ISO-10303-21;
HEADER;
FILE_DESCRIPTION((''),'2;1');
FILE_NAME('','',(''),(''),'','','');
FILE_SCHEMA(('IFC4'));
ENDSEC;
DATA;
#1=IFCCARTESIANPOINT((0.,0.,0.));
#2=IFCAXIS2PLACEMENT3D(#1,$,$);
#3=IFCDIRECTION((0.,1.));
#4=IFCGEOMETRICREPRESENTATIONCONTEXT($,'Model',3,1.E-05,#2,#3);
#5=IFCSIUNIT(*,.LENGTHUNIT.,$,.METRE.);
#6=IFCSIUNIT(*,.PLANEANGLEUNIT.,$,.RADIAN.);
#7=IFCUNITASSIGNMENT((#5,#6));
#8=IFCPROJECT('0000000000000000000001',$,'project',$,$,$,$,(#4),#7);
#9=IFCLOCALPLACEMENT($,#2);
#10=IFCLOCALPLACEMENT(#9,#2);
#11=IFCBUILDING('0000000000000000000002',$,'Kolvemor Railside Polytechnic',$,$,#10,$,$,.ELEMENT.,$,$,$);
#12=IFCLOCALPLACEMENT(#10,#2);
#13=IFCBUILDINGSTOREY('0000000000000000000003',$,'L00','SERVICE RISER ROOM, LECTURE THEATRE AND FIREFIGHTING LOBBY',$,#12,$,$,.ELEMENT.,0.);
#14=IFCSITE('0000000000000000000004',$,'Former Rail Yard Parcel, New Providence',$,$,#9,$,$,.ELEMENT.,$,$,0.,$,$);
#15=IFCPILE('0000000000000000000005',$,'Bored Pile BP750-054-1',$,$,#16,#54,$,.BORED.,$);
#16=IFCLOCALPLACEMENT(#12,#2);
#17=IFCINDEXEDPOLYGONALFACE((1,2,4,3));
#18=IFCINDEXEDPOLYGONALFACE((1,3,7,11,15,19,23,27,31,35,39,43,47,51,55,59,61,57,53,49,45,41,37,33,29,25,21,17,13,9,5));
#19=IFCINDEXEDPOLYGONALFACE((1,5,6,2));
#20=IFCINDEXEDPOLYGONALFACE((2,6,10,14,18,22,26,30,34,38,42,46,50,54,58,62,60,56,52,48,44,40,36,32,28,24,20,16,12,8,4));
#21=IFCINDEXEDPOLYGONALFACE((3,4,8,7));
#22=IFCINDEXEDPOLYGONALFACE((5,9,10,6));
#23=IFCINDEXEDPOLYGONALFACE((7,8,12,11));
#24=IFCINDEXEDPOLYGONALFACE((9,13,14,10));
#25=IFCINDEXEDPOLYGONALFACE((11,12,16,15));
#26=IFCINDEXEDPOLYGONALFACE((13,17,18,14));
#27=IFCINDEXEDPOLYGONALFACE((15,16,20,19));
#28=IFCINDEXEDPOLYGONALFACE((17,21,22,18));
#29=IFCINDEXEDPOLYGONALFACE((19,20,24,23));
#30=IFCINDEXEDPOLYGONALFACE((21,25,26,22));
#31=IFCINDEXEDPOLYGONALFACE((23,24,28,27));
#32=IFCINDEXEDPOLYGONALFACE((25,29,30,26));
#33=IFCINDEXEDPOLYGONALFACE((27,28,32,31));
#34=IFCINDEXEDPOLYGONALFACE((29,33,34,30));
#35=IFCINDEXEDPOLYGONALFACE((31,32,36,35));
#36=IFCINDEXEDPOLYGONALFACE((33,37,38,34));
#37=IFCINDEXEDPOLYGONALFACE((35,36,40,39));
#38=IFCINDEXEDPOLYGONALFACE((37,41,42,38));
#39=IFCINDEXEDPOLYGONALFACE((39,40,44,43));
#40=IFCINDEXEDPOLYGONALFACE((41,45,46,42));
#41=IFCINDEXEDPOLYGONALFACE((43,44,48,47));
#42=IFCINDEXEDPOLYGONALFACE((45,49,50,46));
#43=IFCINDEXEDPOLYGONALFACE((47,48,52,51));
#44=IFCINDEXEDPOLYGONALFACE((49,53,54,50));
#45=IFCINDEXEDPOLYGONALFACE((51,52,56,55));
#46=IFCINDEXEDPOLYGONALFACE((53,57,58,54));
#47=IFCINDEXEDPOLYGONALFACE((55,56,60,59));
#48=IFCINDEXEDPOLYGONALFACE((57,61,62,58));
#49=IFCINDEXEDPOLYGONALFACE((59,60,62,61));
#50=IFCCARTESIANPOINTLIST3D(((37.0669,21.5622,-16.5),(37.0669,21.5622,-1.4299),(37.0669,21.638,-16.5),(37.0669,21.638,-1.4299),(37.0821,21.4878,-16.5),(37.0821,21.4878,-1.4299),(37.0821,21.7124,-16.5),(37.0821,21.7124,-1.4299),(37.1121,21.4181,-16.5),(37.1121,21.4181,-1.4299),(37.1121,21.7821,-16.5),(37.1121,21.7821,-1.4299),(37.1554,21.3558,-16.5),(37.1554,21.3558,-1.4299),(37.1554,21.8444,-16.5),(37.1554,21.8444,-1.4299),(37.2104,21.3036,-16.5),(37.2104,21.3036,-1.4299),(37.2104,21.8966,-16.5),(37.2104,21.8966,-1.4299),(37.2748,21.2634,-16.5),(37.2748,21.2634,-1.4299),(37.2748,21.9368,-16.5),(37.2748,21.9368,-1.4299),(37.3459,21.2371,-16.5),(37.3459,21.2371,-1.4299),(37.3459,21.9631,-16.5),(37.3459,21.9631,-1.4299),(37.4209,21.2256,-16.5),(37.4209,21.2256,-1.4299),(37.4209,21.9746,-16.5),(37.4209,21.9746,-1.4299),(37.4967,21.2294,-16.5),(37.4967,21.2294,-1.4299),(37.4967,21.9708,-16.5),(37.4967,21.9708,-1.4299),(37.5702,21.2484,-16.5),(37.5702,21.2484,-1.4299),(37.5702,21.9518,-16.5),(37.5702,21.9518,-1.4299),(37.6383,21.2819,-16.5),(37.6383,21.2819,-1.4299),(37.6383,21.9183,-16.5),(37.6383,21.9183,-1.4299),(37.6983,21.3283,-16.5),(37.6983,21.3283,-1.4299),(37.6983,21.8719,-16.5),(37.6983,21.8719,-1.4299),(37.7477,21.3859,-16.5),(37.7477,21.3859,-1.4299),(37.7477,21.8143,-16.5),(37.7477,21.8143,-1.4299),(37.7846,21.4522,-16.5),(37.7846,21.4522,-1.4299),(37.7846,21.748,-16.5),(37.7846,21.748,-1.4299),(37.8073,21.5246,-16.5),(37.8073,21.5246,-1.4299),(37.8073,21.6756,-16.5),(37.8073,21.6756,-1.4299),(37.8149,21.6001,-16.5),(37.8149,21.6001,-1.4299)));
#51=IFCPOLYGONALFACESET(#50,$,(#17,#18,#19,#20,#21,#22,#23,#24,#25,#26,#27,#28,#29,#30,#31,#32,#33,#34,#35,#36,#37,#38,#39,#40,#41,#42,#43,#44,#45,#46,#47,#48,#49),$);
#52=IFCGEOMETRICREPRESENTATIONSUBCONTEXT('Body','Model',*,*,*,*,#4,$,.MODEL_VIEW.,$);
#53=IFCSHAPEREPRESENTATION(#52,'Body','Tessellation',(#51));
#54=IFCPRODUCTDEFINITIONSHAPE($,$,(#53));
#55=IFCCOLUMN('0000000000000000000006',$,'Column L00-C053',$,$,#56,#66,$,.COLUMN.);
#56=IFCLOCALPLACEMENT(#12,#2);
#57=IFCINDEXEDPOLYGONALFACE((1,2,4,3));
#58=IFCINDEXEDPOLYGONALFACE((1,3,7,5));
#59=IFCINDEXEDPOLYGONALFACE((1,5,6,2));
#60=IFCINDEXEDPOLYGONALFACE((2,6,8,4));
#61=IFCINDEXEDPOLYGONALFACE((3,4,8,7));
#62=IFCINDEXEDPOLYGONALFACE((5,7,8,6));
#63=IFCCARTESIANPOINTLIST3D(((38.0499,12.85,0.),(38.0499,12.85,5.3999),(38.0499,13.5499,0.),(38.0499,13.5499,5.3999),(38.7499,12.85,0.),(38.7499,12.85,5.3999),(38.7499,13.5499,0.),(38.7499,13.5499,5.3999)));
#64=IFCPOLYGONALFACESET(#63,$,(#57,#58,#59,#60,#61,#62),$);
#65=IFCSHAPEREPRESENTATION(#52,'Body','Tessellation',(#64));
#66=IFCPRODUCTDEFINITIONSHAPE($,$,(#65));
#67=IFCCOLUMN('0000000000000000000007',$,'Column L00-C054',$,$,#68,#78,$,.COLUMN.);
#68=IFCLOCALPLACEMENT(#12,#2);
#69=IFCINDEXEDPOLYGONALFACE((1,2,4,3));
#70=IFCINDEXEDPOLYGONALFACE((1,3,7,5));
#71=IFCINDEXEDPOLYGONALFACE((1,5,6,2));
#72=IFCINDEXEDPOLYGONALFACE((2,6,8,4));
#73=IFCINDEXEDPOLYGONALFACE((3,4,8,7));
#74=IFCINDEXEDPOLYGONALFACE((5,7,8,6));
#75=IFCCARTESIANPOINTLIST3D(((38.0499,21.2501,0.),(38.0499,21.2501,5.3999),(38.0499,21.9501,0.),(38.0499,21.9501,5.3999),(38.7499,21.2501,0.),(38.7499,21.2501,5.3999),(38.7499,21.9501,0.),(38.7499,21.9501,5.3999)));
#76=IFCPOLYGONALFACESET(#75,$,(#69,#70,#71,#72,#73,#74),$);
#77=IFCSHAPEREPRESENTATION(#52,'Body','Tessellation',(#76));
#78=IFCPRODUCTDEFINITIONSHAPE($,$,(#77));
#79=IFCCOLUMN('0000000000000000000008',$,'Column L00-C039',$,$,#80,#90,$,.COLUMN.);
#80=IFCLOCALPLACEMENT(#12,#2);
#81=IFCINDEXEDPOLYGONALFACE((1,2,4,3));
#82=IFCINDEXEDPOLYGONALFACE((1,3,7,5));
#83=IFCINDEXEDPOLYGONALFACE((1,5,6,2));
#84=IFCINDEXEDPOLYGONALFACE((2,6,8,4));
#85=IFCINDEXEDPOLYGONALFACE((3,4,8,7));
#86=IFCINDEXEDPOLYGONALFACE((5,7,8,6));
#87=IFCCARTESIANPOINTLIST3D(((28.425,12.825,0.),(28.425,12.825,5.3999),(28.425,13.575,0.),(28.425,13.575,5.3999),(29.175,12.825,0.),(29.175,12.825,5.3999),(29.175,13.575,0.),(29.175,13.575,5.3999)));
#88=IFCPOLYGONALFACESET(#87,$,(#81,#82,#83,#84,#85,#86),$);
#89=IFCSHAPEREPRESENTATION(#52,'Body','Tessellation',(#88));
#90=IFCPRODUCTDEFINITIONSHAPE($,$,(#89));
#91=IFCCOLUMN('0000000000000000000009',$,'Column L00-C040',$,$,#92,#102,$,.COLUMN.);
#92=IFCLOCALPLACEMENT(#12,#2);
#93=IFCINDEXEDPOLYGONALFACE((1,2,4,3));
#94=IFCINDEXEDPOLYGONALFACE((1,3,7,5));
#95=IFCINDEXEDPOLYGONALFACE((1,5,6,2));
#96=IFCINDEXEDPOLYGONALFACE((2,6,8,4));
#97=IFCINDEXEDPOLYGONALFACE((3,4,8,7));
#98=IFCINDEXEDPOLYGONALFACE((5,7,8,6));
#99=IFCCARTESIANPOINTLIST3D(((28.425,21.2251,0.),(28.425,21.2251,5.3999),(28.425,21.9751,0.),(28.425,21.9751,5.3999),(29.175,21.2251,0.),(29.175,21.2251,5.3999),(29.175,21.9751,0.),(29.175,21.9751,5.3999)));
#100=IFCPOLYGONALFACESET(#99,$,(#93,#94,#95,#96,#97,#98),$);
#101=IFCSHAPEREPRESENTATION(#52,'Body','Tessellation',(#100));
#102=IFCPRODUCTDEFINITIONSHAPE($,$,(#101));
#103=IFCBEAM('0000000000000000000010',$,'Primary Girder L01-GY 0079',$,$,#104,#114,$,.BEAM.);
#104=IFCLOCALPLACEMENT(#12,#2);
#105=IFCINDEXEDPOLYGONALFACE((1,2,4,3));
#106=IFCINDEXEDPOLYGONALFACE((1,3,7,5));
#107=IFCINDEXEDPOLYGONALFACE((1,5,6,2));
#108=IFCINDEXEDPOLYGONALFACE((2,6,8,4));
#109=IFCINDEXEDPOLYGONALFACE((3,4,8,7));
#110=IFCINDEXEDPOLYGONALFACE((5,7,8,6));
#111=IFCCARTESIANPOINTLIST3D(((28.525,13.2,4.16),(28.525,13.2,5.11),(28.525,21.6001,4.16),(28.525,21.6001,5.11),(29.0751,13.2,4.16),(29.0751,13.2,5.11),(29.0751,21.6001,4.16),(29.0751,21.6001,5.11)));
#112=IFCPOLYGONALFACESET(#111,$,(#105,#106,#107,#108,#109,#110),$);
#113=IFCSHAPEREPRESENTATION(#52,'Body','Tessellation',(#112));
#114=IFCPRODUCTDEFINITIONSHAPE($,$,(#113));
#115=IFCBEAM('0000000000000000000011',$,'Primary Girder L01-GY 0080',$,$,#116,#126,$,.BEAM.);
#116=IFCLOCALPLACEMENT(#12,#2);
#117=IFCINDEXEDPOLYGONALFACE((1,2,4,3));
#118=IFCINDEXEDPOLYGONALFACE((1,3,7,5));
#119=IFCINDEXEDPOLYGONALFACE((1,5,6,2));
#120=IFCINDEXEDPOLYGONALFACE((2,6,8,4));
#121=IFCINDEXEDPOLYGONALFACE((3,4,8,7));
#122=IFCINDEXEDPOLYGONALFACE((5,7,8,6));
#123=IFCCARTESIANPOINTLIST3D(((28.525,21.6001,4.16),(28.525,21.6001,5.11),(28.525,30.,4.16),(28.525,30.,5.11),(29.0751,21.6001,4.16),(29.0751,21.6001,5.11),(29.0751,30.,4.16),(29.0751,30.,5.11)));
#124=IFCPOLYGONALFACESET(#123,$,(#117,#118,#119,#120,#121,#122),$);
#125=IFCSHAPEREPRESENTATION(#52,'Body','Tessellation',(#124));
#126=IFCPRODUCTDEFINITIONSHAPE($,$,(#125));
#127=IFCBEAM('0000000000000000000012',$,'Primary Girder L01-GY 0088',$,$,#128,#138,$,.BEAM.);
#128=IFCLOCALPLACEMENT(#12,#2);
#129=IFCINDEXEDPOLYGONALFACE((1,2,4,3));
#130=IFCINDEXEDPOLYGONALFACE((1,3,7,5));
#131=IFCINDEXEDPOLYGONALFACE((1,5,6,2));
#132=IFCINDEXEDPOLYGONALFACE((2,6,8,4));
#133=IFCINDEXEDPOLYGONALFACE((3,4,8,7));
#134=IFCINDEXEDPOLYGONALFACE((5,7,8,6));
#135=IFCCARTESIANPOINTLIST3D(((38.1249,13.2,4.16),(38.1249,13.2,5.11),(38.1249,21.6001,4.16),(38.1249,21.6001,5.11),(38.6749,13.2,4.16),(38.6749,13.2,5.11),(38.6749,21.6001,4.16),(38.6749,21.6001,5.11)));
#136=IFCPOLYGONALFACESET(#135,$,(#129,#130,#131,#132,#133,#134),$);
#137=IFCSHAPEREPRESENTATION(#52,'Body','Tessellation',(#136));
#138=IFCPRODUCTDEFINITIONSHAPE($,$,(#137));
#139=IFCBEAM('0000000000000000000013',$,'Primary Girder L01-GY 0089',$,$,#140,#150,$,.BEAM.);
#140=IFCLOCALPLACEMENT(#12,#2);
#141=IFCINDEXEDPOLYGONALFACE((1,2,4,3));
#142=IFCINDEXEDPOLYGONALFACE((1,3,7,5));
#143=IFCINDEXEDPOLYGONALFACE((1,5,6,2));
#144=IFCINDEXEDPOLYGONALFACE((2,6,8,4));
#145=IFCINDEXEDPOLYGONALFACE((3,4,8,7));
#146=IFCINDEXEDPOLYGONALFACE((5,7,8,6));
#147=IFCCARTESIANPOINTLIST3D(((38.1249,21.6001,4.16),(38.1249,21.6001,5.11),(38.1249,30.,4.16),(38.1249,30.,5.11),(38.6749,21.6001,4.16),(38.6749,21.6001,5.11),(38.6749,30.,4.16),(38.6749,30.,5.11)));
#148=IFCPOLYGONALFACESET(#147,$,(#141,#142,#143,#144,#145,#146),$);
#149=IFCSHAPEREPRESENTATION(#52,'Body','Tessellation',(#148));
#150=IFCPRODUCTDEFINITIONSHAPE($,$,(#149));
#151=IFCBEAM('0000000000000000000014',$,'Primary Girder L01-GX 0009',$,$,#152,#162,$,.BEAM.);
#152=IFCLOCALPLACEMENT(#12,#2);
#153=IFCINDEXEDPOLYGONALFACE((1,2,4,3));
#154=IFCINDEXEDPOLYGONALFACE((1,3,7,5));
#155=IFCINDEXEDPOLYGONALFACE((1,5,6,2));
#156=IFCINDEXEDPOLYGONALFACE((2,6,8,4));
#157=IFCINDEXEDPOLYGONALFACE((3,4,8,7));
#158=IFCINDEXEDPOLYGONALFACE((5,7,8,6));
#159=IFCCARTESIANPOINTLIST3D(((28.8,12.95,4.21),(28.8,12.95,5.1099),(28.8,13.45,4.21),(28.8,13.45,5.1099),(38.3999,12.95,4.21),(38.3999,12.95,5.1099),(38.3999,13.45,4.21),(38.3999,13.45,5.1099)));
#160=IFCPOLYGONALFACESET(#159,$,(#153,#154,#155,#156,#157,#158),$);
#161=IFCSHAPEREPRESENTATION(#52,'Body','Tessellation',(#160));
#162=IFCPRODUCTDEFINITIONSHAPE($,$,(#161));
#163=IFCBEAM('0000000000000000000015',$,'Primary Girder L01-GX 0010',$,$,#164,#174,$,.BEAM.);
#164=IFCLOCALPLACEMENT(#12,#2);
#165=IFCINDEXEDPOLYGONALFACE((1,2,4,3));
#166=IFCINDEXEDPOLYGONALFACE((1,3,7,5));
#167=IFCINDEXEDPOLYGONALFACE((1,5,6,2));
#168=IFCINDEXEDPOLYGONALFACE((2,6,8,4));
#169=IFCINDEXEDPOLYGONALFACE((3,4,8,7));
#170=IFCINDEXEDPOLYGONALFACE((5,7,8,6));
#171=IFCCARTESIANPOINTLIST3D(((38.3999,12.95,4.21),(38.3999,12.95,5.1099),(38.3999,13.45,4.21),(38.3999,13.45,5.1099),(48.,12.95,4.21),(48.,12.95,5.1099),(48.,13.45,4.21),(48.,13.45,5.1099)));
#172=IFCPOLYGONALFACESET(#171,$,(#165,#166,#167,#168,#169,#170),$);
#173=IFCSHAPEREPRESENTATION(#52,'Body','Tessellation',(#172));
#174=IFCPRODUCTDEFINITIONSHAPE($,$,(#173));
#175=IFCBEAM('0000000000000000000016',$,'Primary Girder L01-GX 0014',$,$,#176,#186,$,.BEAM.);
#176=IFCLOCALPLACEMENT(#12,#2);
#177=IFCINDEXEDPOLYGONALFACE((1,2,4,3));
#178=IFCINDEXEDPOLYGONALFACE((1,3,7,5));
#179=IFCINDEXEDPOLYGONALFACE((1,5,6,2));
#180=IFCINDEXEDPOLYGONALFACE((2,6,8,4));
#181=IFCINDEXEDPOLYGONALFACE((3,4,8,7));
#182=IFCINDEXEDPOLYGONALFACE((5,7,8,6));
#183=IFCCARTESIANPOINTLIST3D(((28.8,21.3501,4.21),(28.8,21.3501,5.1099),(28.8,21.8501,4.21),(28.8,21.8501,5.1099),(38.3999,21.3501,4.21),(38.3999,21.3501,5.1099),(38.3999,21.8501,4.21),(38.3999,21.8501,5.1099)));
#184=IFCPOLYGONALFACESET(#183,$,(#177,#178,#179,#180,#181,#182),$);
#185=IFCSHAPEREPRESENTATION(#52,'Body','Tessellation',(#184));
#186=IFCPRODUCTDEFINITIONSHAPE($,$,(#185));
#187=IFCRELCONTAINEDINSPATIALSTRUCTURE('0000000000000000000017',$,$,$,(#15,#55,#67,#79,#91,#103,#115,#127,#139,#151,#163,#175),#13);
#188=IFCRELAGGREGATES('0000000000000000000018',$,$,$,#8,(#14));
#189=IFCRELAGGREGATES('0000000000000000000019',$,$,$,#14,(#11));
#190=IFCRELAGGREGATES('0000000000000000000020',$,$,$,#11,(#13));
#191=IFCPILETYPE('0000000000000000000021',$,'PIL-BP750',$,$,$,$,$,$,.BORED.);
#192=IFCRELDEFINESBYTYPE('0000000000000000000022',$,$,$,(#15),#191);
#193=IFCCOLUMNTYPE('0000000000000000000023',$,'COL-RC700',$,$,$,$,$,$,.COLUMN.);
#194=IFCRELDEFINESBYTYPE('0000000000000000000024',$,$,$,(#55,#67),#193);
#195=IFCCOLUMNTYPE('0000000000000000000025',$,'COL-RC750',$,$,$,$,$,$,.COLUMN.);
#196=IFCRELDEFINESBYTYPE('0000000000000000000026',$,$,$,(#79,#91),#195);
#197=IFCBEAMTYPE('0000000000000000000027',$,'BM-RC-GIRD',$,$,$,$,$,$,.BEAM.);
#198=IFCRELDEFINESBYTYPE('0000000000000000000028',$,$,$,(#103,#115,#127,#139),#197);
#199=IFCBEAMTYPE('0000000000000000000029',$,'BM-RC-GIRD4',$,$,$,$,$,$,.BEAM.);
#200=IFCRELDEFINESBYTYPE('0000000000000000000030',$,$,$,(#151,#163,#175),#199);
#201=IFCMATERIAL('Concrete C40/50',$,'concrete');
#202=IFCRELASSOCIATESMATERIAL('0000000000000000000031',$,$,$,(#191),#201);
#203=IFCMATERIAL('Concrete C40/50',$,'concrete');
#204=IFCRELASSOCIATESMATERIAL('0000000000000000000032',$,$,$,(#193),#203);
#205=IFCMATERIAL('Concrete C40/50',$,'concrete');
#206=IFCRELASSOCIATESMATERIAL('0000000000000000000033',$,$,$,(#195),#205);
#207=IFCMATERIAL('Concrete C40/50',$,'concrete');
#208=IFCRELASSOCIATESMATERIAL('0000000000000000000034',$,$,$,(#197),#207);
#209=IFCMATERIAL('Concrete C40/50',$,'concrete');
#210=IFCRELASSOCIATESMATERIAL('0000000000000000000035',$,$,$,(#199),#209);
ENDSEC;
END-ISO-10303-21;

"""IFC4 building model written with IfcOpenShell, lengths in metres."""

from ifc_helpers import new_model, si_unit, direction, frame, origin, origin_2d, place, context, subcontext, project, spatial, rectangle, circle, extrude, material, material_profile, profile_set, type_object, element, save


model = new_model("IFC4")

# Units and contexts
model_context = context("Model", 3, precision=1e-05, world=origin(), true_north=direction((0.0, 1.0)))
body_context = subcontext(model_context, "Body", "Model", "MODEL_VIEW")
ifc_project = project(units=[si_unit("LENGTHUNIT", "METRE"), si_unit("PLANEANGLEUNIT", "RADIAN")], contexts=[model_context])

# Site, building, storey
site_placement = place(None, origin())
site = spatial("IfcSite", under=ifc_project, at=site_placement, Name="Former Rail Yard Parcel, New Providence", CompositionType="ELEMENT", RefElevation=0.0)
building_placement = place(site_placement, origin())
building = spatial("IfcBuilding", under=site, at=building_placement, Name="Kolvemor Railside Polytechnic", CompositionType="ELEMENT")
storey_placement = place(building_placement, origin())
storey = spatial("IfcBuildingStorey", under=building, at=storey_placement, Name="L00", Description="SERVICE RISER ROOM, LECTURE THEATRE AND FIREFIGHTING LOBBY", CompositionType="ELEMENT", Elevation=0.0)

# Pile
ifc_material_1 = material(Name="Concrete C40/50", Category="concrete")
ifc_material_profile_1 = material_profile(ifc_material_1, circle(Radius=0.375, at=origin_2d()), Name="BP750")
ifc_profile_set_1 = profile_set([ifc_material_profile_1], Name="Concrete C40/50")
pile_type = type_object("IfcPileType", Name="PIL-BP750", PredefinedType="BORED", material=ifc_profile_set_1)
pile_1_placement = place(storey_placement, frame((37.4399, 21.6001, -1.4299), z_axis=(0.0, 0.0, -1.0), x_axis=(1.0, 0.0, 0.0)))
element("IfcPile", 1, at=pile_1_placement, inside=storey, type_object=pile_type, Name="Bored Pile BP750-054-1", PredefinedType="BORED", context=body_context, shape_type="SweptSolid", body=[
    extrude(circle(Radius=0.375, at=origin_2d()), origin(), (0.0, 0.0, 1.0), 15.0701),
])

# Columns
ifc_material_2 = material(Name="Concrete C40/50", Category="concrete")
ifc_material_profile_2 = material_profile(ifc_material_2, rectangle(XDim=0.7, YDim=0.7, at=origin_2d()), Name="RC700x700")
ifc_profile_set_2 = profile_set([ifc_material_profile_2], Name="Concrete C40/50")
column_type_1 = type_object("IfcColumnType", Name="COL-RC700", PredefinedType="COLUMN", material=ifc_profile_set_2)
for number, where, z_axis, x_axis, name in (
    (2, (38.3999, 13.2, 0.0), (0.0, 0.0, 1.0), (1.0, 0.0, 0.0), "Column L00-C053"),
    (3, (38.3999, 21.6001, 0.0), (0.0, 0.0, 1.0), (1.0, 0.0, 0.0), "Column L00-C054"),
):
    element("IfcColumn", number, at=place(storey_placement, frame(where, z_axis=z_axis, x_axis=x_axis)), inside=storey, type_object=column_type_1, Name=name, PredefinedType="COLUMN", context=body_context, shape_type="SweptSolid", body=[
        extrude(rectangle(XDim=0.7, YDim=0.7, at=origin_2d()), origin(), (0.0, 0.0, 1.0), 5.3999),
    ])
ifc_material_3 = material(Name="Concrete C40/50", Category="concrete")
ifc_material_profile_3 = material_profile(ifc_material_3, rectangle(XDim=0.75, YDim=0.75, at=origin_2d()), Name="RC750x750")
ifc_profile_set_3 = profile_set([ifc_material_profile_3], Name="Concrete C40/50")
column_type_2 = type_object("IfcColumnType", Name="COL-RC750", PredefinedType="COLUMN", material=ifc_profile_set_3)
for number, where, z_axis, x_axis, name in (
    (4, (28.8, 13.2, 0.0), (0.0, 0.0, 1.0), (1.0, 0.0, 0.0), "Column L00-C039"),
    (5, (28.8, 21.6001, 0.0), (0.0, 0.0, 1.0), (1.0, 0.0, 0.0), "Column L00-C040"),
):
    element("IfcColumn", number, at=place(storey_placement, frame(where, z_axis=z_axis, x_axis=x_axis)), inside=storey, type_object=column_type_2, Name=name, PredefinedType="COLUMN", context=body_context, shape_type="SweptSolid", body=[
        extrude(rectangle(XDim=0.75, YDim=0.75, at=origin_2d()), origin(), (0.0, 0.0, 1.0), 5.3999),
    ])

# Beams
ifc_material_4 = material(Name="Concrete C40/50", Category="concrete")
ifc_material_profile_4 = material_profile(ifc_material_4, rectangle(XDim=0.55, YDim=0.95, at=origin_2d()), Name="RC550x950")
ifc_profile_set_4 = profile_set([ifc_material_profile_4], Name="Concrete C40/50")
beam_type_1 = type_object("IfcBeamType", Name="BM-RC-GIRD", PredefinedType="BEAM", material=ifc_profile_set_4)
beam_1_placement = place(storey_placement, frame((28.8, 13.2, 4.635), z_axis=(0.0, 1.0, 0.0), x_axis=(-1.0, 0.0, 0.0)))
element("IfcBeam", 6, at=beam_1_placement, inside=storey, type_object=beam_type_1, Name="Primary Girder L01-GY 0079", PredefinedType="BEAM", context=body_context, shape_type="SweptSolid", body=[
    extrude(rectangle(XDim=0.55, YDim=0.95, at=origin_2d()), origin(), (0.0, 0.0, 1.0), 8.4001),
])
beam_2_placement = place(storey_placement, frame((28.8, 21.6001, 4.635), z_axis=(0.0, 1.0, 0.0), x_axis=(-1.0, 0.0, 0.0)))
element("IfcBeam", 7, at=beam_2_placement, inside=storey, type_object=beam_type_1, Name="Primary Girder L01-GY 0080", PredefinedType="BEAM", context=body_context, shape_type="SweptSolid", body=[
    extrude(rectangle(XDim=0.55, YDim=0.95, at=origin_2d()), origin(), (0.0, 0.0, 1.0), 8.3999),
])
beam_3_placement = place(storey_placement, frame((38.3999, 13.2, 4.635), z_axis=(0.0, 1.0, 0.0), x_axis=(-1.0, 0.0, 0.0)))
element("IfcBeam", 8, at=beam_3_placement, inside=storey, type_object=beam_type_1, Name="Primary Girder L01-GY 0088", PredefinedType="BEAM", context=body_context, shape_type="SweptSolid", body=[
    extrude(rectangle(XDim=0.55, YDim=0.95, at=origin_2d()), origin(), (0.0, 0.0, 1.0), 8.4001),
])
beam_4_placement = place(storey_placement, frame((38.3999, 21.6001, 4.635), z_axis=(0.0, 1.0, 0.0), x_axis=(-1.0, 0.0, 0.0)))
element("IfcBeam", 9, at=beam_4_placement, inside=storey, type_object=beam_type_1, Name="Primary Girder L01-GY 0089", PredefinedType="BEAM", context=body_context, shape_type="SweptSolid", body=[
    extrude(rectangle(XDim=0.55, YDim=0.95, at=origin_2d()), origin(), (0.0, 0.0, 1.0), 8.3999),
])
ifc_material_5 = material(Name="Concrete C40/50", Category="concrete")
ifc_material_profile_5 = material_profile(ifc_material_5, rectangle(XDim=0.5, YDim=0.8999, at=origin_2d()), Name="RC500x900")
ifc_profile_set_5 = profile_set([ifc_material_profile_5], Name="Concrete C40/50")
beam_type_2 = type_object("IfcBeamType", Name="BM-RC-GIRD4", PredefinedType="BEAM", material=ifc_profile_set_5)
beam_5_placement = place(storey_placement, frame((28.8, 13.2, 4.6599), z_axis=(1.0, 0.0, 0.0), x_axis=(0.0, 1.0, 0.0)))
element("IfcBeam", 10, at=beam_5_placement, inside=storey, type_object=beam_type_2, Name="Primary Girder L01-GX 0009", PredefinedType="BEAM", context=body_context, shape_type="SweptSolid", body=[
    extrude(rectangle(XDim=0.5, YDim=0.8999, at=origin_2d()), origin(), (0.0, 0.0, 1.0), 9.5999),
])
beam_6_placement = place(storey_placement, frame((38.3999, 13.2, 4.6599), z_axis=(1.0, 0.0, 0.0), x_axis=(0.0, 1.0, 0.0)))
element("IfcBeam", 11, at=beam_6_placement, inside=storey, type_object=beam_type_2, Name="Primary Girder L01-GX 0010", PredefinedType="BEAM", context=body_context, shape_type="SweptSolid", body=[
    extrude(rectangle(XDim=0.5, YDim=0.8999, at=origin_2d()), origin(), (0.0, 0.0, 1.0), 9.6001),
])
beam_7_placement = place(storey_placement, frame((28.8, 21.6001, 4.6599), z_axis=(1.0, 0.0, 0.0), x_axis=(0.0, 1.0, 0.0)))
element("IfcBeam", 12, at=beam_7_placement, inside=storey, type_object=beam_type_2, Name="Primary Girder L01-GX 0014", PredefinedType="BEAM", context=body_context, shape_type="SweptSolid", body=[
    extrude(rectangle(XDim=0.5, YDim=0.8999, at=origin_2d()), origin(), (0.0, 0.0, 1.0), 9.5999),
])

save(model, "model.ifc")
